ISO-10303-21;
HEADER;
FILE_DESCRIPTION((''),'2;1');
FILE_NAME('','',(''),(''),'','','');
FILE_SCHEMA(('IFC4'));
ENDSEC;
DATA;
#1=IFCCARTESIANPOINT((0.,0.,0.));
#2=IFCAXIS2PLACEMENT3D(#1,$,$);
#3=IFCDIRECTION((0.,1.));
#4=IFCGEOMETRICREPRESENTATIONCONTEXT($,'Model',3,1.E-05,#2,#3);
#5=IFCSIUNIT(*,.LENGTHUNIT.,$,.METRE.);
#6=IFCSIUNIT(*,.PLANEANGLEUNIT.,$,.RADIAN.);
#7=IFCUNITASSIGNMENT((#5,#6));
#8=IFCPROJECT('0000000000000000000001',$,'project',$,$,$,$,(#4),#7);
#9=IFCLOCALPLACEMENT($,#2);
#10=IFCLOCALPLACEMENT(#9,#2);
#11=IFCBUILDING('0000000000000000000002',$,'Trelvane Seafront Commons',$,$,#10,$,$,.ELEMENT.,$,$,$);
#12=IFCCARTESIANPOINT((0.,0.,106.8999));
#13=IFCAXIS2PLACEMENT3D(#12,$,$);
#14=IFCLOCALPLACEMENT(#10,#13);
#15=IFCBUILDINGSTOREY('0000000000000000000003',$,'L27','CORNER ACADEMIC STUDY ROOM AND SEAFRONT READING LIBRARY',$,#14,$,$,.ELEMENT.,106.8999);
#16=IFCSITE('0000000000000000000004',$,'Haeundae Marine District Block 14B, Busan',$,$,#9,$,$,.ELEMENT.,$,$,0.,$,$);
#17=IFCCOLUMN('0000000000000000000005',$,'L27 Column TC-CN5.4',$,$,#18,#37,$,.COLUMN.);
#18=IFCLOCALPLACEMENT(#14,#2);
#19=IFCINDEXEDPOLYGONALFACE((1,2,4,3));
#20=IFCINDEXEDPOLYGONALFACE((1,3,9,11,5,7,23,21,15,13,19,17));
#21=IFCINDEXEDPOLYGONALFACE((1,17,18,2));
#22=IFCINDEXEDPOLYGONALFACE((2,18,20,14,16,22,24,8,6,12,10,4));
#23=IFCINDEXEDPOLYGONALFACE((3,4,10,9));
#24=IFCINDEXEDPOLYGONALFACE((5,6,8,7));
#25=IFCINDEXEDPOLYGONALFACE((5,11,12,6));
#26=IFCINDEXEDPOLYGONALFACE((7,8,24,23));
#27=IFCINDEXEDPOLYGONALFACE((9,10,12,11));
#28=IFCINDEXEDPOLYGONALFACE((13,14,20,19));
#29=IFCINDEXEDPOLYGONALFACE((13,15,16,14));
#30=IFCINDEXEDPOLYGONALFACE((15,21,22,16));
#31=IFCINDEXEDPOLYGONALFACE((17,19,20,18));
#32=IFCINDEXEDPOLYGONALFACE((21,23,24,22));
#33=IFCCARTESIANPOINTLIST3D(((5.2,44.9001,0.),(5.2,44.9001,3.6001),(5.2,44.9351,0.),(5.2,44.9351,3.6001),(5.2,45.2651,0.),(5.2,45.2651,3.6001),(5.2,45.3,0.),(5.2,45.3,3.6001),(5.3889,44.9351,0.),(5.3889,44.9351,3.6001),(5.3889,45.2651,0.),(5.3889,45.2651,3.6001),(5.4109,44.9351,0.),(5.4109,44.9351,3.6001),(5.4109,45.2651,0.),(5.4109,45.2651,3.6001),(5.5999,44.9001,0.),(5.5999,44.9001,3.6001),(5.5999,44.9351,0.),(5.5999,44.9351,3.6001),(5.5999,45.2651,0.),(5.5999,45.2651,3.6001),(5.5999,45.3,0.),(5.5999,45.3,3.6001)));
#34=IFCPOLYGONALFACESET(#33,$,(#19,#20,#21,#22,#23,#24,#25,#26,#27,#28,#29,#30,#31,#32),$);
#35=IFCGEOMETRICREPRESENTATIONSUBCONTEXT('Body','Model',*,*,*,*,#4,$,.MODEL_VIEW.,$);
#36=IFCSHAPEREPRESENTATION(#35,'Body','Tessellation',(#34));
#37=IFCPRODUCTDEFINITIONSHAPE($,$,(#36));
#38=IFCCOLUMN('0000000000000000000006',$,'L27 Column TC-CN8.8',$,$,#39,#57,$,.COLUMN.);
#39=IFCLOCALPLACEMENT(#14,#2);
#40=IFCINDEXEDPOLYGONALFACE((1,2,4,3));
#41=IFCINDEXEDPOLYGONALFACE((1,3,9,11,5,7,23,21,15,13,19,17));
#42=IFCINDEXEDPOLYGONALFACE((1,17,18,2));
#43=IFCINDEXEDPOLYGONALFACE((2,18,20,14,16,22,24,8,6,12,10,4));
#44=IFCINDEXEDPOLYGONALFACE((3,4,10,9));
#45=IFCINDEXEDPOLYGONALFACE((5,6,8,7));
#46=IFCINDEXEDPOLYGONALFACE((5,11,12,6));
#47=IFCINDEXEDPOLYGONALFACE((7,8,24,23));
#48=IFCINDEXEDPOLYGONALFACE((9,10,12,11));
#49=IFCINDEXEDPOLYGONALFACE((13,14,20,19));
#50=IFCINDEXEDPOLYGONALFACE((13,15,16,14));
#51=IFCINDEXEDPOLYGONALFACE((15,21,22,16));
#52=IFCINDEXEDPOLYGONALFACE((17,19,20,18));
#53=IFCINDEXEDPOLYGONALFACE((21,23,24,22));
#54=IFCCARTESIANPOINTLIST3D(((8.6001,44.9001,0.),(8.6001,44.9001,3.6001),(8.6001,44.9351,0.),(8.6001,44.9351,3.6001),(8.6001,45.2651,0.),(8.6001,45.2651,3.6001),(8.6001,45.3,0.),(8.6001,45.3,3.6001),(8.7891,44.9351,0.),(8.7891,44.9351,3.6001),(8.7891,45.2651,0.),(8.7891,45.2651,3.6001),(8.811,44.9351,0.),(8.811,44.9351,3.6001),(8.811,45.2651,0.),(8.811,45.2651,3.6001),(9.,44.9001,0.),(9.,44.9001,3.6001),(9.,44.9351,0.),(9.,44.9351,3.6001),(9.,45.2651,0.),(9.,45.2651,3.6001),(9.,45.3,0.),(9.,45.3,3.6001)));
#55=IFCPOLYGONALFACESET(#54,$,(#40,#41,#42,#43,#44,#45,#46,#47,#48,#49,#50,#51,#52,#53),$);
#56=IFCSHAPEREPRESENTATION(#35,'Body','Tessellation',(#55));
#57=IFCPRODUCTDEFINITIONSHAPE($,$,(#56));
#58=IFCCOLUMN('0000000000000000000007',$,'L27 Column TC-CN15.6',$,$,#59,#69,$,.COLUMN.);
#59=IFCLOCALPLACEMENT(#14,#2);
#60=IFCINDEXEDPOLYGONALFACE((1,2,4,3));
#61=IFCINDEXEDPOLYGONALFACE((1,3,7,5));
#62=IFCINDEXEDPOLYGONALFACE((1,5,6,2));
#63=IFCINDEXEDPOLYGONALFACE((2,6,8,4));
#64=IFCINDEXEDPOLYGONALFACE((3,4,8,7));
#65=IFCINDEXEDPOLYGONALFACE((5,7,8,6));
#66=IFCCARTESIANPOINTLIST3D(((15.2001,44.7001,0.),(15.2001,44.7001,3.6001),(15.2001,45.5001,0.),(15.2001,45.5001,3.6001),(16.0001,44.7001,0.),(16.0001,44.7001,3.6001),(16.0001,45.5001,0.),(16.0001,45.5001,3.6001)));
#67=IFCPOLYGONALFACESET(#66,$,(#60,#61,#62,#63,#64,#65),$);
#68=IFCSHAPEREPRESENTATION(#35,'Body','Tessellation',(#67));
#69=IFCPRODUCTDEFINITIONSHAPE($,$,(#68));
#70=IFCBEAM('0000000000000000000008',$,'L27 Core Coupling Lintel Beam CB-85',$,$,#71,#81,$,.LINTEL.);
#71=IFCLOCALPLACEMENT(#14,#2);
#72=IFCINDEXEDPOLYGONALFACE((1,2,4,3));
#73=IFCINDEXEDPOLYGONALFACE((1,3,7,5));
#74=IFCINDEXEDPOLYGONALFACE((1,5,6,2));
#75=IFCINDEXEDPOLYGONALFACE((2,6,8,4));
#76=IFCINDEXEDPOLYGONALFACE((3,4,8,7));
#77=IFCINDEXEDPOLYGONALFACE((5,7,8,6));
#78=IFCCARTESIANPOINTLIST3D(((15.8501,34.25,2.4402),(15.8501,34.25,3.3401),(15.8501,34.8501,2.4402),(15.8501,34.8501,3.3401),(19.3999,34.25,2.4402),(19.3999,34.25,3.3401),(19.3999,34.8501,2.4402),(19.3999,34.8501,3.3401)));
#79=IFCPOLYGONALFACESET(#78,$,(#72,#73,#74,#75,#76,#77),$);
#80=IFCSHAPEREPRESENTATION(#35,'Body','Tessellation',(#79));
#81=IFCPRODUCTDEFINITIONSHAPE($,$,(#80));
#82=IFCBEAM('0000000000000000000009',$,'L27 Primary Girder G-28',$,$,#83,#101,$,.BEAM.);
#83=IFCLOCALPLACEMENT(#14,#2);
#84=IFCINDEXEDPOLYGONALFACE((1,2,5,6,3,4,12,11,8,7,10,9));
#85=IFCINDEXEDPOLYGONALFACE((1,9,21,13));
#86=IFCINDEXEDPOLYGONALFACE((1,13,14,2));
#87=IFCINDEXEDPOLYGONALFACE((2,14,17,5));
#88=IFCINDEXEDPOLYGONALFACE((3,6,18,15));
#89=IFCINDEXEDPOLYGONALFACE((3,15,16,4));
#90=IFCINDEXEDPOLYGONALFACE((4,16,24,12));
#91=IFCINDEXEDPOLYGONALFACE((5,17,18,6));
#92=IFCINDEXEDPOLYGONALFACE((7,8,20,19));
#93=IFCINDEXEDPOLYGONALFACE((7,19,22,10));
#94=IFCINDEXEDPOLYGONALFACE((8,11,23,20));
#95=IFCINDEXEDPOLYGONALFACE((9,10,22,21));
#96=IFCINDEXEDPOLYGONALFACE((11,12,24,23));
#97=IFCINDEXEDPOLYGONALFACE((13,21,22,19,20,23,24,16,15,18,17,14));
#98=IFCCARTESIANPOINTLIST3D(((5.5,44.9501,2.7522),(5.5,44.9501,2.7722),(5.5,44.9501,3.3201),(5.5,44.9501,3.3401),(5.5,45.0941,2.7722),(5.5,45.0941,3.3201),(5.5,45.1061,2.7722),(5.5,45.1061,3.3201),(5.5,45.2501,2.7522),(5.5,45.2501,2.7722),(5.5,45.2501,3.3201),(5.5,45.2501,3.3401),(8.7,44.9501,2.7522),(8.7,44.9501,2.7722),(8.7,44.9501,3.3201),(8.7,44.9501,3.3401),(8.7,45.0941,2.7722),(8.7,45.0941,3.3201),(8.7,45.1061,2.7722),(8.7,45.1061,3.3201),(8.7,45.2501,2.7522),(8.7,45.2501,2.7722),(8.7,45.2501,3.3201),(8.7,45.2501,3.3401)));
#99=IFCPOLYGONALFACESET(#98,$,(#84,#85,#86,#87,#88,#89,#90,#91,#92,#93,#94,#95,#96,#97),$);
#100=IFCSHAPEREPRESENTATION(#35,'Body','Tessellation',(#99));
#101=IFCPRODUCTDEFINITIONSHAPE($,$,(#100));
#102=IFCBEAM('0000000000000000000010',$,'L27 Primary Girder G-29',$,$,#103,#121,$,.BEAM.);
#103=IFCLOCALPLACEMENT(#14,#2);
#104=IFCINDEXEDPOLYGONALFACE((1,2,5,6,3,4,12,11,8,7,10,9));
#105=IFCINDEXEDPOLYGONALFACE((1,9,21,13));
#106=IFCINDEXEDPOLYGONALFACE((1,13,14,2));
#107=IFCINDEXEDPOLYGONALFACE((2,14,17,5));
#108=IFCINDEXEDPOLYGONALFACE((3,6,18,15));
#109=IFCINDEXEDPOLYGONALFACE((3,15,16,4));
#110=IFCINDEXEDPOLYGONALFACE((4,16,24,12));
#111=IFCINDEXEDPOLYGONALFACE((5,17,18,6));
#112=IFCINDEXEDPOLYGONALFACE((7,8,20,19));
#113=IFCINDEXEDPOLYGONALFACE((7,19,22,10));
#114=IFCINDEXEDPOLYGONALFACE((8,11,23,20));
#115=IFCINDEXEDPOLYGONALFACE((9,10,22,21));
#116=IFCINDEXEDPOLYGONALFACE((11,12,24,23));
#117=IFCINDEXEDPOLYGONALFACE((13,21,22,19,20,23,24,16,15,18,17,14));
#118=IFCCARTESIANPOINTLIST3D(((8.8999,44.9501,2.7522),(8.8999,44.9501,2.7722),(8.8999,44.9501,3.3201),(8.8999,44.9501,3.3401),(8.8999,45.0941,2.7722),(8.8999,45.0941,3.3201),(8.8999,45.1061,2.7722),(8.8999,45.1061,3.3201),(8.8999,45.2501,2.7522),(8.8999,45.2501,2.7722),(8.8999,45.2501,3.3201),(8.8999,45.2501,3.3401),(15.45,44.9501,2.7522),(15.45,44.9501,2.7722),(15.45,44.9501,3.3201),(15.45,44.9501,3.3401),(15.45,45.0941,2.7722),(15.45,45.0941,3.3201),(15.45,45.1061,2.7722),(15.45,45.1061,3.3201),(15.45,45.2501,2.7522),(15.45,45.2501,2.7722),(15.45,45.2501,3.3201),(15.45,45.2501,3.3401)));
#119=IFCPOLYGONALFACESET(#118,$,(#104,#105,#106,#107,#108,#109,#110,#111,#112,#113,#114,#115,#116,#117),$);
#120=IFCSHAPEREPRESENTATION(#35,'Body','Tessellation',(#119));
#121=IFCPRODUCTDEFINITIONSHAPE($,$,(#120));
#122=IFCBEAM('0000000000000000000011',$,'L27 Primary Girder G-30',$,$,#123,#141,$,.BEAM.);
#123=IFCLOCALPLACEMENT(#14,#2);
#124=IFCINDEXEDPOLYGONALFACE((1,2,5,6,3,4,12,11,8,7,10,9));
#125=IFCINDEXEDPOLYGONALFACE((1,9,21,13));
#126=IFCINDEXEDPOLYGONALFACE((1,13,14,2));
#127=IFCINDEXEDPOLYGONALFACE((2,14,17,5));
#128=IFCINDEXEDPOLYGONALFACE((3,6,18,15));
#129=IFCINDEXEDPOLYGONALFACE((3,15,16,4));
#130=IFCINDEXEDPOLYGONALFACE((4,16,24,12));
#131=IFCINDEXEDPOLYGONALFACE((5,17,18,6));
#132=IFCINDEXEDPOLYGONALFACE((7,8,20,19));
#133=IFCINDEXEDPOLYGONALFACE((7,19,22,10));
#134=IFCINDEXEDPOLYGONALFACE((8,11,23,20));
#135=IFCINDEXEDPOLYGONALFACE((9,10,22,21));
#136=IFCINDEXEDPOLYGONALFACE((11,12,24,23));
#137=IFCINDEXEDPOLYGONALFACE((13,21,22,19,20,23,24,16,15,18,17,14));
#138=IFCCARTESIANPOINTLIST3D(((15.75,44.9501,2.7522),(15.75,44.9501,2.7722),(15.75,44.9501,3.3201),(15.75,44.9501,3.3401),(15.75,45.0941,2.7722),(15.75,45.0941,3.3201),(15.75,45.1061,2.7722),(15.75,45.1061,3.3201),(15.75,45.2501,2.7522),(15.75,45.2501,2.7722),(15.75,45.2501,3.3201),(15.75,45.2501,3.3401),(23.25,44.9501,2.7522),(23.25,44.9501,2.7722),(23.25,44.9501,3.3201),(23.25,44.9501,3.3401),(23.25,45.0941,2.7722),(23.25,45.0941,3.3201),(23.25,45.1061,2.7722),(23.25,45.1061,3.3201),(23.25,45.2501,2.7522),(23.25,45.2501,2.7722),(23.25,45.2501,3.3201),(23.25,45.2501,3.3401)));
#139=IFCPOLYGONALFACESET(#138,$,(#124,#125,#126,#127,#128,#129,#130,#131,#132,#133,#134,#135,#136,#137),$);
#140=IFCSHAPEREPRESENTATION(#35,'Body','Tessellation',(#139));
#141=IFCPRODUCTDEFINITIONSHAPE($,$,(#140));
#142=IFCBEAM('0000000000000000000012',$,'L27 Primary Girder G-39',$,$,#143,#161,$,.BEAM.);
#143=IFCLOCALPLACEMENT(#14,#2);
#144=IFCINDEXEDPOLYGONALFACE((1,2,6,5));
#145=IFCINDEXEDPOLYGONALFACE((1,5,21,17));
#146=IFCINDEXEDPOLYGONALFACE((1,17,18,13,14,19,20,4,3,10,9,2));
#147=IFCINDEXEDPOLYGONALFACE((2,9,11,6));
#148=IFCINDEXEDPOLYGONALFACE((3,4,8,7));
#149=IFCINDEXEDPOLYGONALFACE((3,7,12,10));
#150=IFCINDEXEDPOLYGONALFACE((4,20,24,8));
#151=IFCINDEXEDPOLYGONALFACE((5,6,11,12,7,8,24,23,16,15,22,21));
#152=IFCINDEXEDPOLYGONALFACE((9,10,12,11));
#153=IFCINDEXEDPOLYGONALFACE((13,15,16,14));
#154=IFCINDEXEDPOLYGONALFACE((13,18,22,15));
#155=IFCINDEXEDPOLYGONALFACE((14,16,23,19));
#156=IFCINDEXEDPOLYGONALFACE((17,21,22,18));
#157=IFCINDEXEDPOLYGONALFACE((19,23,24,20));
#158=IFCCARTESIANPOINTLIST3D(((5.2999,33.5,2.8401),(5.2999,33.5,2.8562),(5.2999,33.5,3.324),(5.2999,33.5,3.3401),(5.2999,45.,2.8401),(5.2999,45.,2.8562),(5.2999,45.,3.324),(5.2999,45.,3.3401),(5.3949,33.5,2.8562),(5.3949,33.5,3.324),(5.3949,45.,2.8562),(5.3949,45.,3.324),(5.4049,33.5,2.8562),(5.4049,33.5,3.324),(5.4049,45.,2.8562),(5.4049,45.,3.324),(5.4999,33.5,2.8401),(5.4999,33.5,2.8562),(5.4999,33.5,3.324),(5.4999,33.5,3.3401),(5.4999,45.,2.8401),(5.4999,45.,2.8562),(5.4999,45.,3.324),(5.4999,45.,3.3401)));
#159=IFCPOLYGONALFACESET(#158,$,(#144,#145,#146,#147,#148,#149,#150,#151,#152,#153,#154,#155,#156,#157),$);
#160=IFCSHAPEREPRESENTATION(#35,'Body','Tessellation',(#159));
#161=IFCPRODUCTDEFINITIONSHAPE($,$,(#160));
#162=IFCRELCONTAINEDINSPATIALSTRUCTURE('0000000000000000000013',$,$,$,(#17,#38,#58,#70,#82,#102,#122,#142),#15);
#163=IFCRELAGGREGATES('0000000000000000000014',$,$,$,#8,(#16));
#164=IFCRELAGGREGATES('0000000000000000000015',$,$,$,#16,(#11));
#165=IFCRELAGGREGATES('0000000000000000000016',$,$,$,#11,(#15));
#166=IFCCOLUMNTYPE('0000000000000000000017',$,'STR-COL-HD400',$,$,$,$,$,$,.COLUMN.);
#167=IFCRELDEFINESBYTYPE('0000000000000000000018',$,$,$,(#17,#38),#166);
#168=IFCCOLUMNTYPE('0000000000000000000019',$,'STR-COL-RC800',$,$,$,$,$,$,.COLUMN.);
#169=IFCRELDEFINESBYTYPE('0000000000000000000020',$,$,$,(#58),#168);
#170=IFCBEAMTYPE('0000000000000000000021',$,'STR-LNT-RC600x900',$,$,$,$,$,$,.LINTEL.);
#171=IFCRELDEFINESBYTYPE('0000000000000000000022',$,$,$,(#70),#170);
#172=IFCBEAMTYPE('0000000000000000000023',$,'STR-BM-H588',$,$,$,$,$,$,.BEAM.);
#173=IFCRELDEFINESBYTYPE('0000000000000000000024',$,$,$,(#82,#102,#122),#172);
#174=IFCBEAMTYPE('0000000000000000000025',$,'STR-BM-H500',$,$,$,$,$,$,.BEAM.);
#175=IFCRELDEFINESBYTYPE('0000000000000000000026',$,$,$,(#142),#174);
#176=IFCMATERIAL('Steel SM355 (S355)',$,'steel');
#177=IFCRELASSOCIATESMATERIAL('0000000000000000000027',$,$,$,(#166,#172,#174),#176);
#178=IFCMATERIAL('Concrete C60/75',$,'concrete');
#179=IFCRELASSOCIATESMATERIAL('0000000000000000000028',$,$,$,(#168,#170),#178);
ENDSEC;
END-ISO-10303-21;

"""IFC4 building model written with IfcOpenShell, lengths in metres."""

from ifc_helpers import new_model, si_unit, direction, frame, origin, origin_2d, place, context, subcontext, project, spatial, rectangle, i_section, extrude, source, transform, mapped, material, material_profile, profile_set, type_object, element, save


model = new_model("IFC4")

# Units and contexts
model_context = context("Model", 3, precision=1e-05, world=origin(), true_north=direction((0.0, 1.0)))
body_context = subcontext(model_context, "Body", "Model", "MODEL_VIEW")
ifc_project = project(units=[si_unit("LENGTHUNIT", "METRE"), si_unit("PLANEANGLEUNIT", "RADIAN")], contexts=[model_context])

# Site, building, storey
site_placement = place(None, origin())
site = spatial("IfcSite", under=ifc_project, at=site_placement, Name="Haeundae Marine District Block 14B, Busan", CompositionType="ELEMENT", RefElevation=0.0)
building_placement = place(site_placement, origin())
building = spatial("IfcBuilding", under=site, at=building_placement, Name="Trelvane Seafront Commons", CompositionType="ELEMENT")
storey_placement = place(building_placement, frame((0.0, 0.0, 106.8999)))
storey = spatial("IfcBuildingStorey", under=building, at=storey_placement, Name="L27", Description="CORNER ACADEMIC STUDY ROOM AND SEAFRONT READING LIBRARY", CompositionType="ELEMENT", Elevation=106.8999)

# Columns
ifc_material_1 = material(Name="Steel SM355 (S355)", Category="steel")
ifc_material_profile_1 = material_profile(ifc_material_1, i_section(OverallWidth=0.3999, OverallDepth=0.3999, WebThickness=0.022, FlangeThickness=0.0349, at=origin_2d()), Name="HD-400x400x22x35")
ifc_profile_set_1 = profile_set([ifc_material_profile_1], Name="Steel SM355 (S355)")
column_type_1 = type_object("IfcColumnType", Name="STR-COL-HD400", PredefinedType="COLUMN", material=ifc_profile_set_1)
shared_shape_1 = source(origin(), body_context, "Body", "SweptSolid", [
    extrude(i_section(OverallWidth=0.3999, OverallDepth=0.3999, WebThickness=0.022, FlangeThickness=0.0349, at=origin_2d()), origin(), (0.0, 0.0, 1.0), 3.6001),
])
for number, where, z_axis, x_axis, name in (
    (1, (5.3999, 45.1001, 0.0), (0.0, 0.0, 1.0), (1.0, 0.0, 0.0), "L27 Column TC-CN5.4"),
    (2, (8.8, 45.1001, 0.0), (0.0, 0.0, 1.0), (1.0, 0.0, 0.0), "L27 Column TC-CN8.8"),
):
    element("IfcColumn", number, at=place(storey_placement, frame(where, z_axis=z_axis, x_axis=x_axis)), inside=storey, type_object=column_type_1, Name=name, PredefinedType="COLUMN", context=body_context, shape_type="MappedRepresentation", body=[
        mapped(shared_shape_1, transform((0.0, 0.0, 0.0), x_axis=(1.0, 0.0, 0.0), y_axis=(0.0, 1.0, 0.0), z_axis=(0.0, 0.0, 1.0), scale=1.0)),
    ])
ifc_material_2 = material(Name="Concrete C60/75", Category="concrete")
ifc_material_profile_2 = material_profile(ifc_material_2, rectangle(XDim=0.8, YDim=0.8, at=origin_2d()), Name="RC-800x800")
ifc_profile_set_2 = profile_set([ifc_material_profile_2], Name="Concrete C60/75")
column_type_2 = type_object("IfcColumnType", Name="STR-COL-RC800", PredefinedType="COLUMN", material=ifc_profile_set_2)
shared_shape_2 = source(origin(), body_context, "Body", "SweptSolid", [
    extrude(rectangle(XDim=0.8, YDim=0.8, at=origin_2d()), origin(), (0.0, 0.0, 1.0), 3.6001),
])
column_placement = place(storey_placement, frame((15.6001, 45.1001, 0.0), z_axis=(0.0, 0.0, 1.0), x_axis=(1.0, 0.0, 0.0)))
element("IfcColumn", 3, at=column_placement, inside=storey, type_object=column_type_2, Name="L27 Column TC-CN15.6", PredefinedType="COLUMN", context=body_context, shape_type="MappedRepresentation", body=[
    mapped(shared_shape_2, transform((0.0, 0.0, 0.0), x_axis=(1.0, 0.0, 0.0), y_axis=(0.0, 1.0, 0.0), z_axis=(0.0, 0.0, 1.0), scale=1.0)),
])

# Beams
ifc_material_profile_3 = material_profile(ifc_material_2, rectangle(XDim=0.6001, YDim=0.8999, at=origin_2d()), Name="RC-600x900")
ifc_profile_set_3 = profile_set([ifc_material_profile_3], Name="Concrete C60/75")
beam_type_1 = type_object("IfcBeamType", Name="STR-LNT-RC600x900", PredefinedType="LINTEL", material=ifc_profile_set_3)
shared_shape_3 = source(origin(), body_context, "Body", "SweptSolid", [
    extrude(rectangle(XDim=0.6001, YDim=0.8999, at=origin_2d()), origin(), (0.0, 0.0, 1.0), 3.5498),
])
beam_1_placement = place(storey_placement, frame((15.8501, 34.55, 2.8901), z_axis=(1.0, 0.0, 0.0), x_axis=(0.0, 1.0, 0.0)))
element("IfcBeam", 4, at=beam_1_placement, inside=storey, type_object=beam_type_1, Name="L27 Core Coupling Lintel Beam CB-85", PredefinedType="LINTEL", context=body_context, shape_type="MappedRepresentation", body=[
    mapped(shared_shape_3, transform((0.0, 0.0, 0.0), x_axis=(1.0, 0.0, 0.0), y_axis=(0.0, 1.0, 0.0), z_axis=(0.0, 0.0, 1.0), scale=1.0)),
])
ifc_material_profile_4 = material_profile(ifc_material_1, i_section(OverallWidth=0.3, OverallDepth=0.5879, WebThickness=0.012, FlangeThickness=0.02, at=origin_2d()), Name="H-588x300x12x20")
ifc_profile_set_4 = profile_set([ifc_material_profile_4], Name="Steel SM355 (S355)")
beam_type_2 = type_object("IfcBeamType", Name="STR-BM-H588", PredefinedType="BEAM", material=ifc_profile_set_4)
shared_shape_4 = source(origin(), body_context, "Body", "SweptSolid", [
    extrude(i_section(OverallWidth=0.3, OverallDepth=0.5879, WebThickness=0.012, FlangeThickness=0.02, at=origin_2d()), origin(), (0.0, 0.0, 1.0), 3.2),
])
beam_2_placement = place(storey_placement, frame((5.5, 45.1001, 3.0461), z_axis=(1.0, 0.0, 0.0), x_axis=(0.0, 1.0, 0.0)))
element("IfcBeam", 5, at=beam_2_placement, inside=storey, type_object=beam_type_2, Name="L27 Primary Girder G-28", PredefinedType="BEAM", context=body_context, shape_type="MappedRepresentation", body=[
    mapped(shared_shape_4, transform((0.0, 0.0, 0.0), x_axis=(1.0, 0.0, 0.0), y_axis=(0.0, 1.0, 0.0), z_axis=(0.0, 0.0, 1.0), scale=1.0)),
])
shared_shape_5 = source(origin(), body_context, "Body", "SweptSolid", [
    extrude(i_section(OverallWidth=0.3, OverallDepth=0.5879, WebThickness=0.012, FlangeThickness=0.02, at=origin_2d()), origin(), (0.0, 0.0, 1.0), 6.55),
])
beam_3_placement = place(storey_placement, frame((8.8999, 45.1001, 3.0461), z_axis=(1.0, 0.0, 0.0), x_axis=(0.0, 1.0, 0.0)))
element("IfcBeam", 6, at=beam_3_placement, inside=storey, type_object=beam_type_2, Name="L27 Primary Girder G-29", PredefinedType="BEAM", context=body_context, shape_type="MappedRepresentation", body=[
    mapped(shared_shape_5, transform((0.0, 0.0, 0.0), x_axis=(1.0, 0.0, 0.0), y_axis=(0.0, 1.0, 0.0), z_axis=(0.0, 0.0, 1.0), scale=1.0)),
])
shared_shape_6 = source(origin(), body_context, "Body", "SweptSolid", [
    extrude(i_section(OverallWidth=0.3, OverallDepth=0.5879, WebThickness=0.012, FlangeThickness=0.02, at=origin_2d()), origin(), (0.0, 0.0, 1.0), 7.5),
])
beam_4_placement = place(storey_placement, frame((15.75, 45.1001, 3.0461), z_axis=(1.0, 0.0, 0.0), x_axis=(0.0, 1.0, 0.0)))
element("IfcBeam", 7, at=beam_4_placement, inside=storey, type_object=beam_type_2, Name="L27 Primary Girder G-30", PredefinedType="BEAM", context=body_context, shape_type="MappedRepresentation", body=[
    mapped(shared_shape_6, transform((0.0, 0.0, 0.0), x_axis=(1.0, 0.0, 0.0), y_axis=(0.0, 1.0, 0.0), z_axis=(0.0, 0.0, 1.0), scale=1.0)),
])
ifc_material_profile_5 = material_profile(ifc_material_1, i_section(OverallWidth=0.2, OverallDepth=0.5, WebThickness=0.01, FlangeThickness=0.0161, at=origin_2d()), Name="H-500x200x10x16")
ifc_profile_set_5 = profile_set([ifc_material_profile_5], Name="Steel SM355 (S355)")
beam_type_3 = type_object("IfcBeamType", Name="STR-BM-H500", PredefinedType="BEAM", material=ifc_profile_set_5)
shared_shape_7 = source(origin(), body_context, "Body", "SweptSolid", [
    extrude(i_section(OverallWidth=0.2, OverallDepth=0.5, WebThickness=0.01, FlangeThickness=0.0161, at=origin_2d()), origin(), (0.0, 0.0, 1.0), 11.5),
])
for number, where, z_axis, x_axis, name in (
    (8, (5.3999, 33.5, 3.0901), (0.0, 1.0, 0.0), (-1.0, 0.0, 0.0), "L27 Primary Girder G-39"),
):
    element("IfcBeam", number, at=place(storey_placement, frame(where, z_axis=z_axis, x_axis=x_axis)), inside=storey, type_object=beam_type_3, Name=name, PredefinedType="BEAM", context=body_context, shape_type="MappedRepresentation", body=[
        mapped(shared_shape_7, transform((0.0, 0.0, 0.0), x_axis=(1.0, 0.0, 0.0), y_axis=(0.0, 1.0, 0.0), z_axis=(0.0, 0.0, 1.0), scale=1.0)),
    ])

save(model, "model.ifc")
